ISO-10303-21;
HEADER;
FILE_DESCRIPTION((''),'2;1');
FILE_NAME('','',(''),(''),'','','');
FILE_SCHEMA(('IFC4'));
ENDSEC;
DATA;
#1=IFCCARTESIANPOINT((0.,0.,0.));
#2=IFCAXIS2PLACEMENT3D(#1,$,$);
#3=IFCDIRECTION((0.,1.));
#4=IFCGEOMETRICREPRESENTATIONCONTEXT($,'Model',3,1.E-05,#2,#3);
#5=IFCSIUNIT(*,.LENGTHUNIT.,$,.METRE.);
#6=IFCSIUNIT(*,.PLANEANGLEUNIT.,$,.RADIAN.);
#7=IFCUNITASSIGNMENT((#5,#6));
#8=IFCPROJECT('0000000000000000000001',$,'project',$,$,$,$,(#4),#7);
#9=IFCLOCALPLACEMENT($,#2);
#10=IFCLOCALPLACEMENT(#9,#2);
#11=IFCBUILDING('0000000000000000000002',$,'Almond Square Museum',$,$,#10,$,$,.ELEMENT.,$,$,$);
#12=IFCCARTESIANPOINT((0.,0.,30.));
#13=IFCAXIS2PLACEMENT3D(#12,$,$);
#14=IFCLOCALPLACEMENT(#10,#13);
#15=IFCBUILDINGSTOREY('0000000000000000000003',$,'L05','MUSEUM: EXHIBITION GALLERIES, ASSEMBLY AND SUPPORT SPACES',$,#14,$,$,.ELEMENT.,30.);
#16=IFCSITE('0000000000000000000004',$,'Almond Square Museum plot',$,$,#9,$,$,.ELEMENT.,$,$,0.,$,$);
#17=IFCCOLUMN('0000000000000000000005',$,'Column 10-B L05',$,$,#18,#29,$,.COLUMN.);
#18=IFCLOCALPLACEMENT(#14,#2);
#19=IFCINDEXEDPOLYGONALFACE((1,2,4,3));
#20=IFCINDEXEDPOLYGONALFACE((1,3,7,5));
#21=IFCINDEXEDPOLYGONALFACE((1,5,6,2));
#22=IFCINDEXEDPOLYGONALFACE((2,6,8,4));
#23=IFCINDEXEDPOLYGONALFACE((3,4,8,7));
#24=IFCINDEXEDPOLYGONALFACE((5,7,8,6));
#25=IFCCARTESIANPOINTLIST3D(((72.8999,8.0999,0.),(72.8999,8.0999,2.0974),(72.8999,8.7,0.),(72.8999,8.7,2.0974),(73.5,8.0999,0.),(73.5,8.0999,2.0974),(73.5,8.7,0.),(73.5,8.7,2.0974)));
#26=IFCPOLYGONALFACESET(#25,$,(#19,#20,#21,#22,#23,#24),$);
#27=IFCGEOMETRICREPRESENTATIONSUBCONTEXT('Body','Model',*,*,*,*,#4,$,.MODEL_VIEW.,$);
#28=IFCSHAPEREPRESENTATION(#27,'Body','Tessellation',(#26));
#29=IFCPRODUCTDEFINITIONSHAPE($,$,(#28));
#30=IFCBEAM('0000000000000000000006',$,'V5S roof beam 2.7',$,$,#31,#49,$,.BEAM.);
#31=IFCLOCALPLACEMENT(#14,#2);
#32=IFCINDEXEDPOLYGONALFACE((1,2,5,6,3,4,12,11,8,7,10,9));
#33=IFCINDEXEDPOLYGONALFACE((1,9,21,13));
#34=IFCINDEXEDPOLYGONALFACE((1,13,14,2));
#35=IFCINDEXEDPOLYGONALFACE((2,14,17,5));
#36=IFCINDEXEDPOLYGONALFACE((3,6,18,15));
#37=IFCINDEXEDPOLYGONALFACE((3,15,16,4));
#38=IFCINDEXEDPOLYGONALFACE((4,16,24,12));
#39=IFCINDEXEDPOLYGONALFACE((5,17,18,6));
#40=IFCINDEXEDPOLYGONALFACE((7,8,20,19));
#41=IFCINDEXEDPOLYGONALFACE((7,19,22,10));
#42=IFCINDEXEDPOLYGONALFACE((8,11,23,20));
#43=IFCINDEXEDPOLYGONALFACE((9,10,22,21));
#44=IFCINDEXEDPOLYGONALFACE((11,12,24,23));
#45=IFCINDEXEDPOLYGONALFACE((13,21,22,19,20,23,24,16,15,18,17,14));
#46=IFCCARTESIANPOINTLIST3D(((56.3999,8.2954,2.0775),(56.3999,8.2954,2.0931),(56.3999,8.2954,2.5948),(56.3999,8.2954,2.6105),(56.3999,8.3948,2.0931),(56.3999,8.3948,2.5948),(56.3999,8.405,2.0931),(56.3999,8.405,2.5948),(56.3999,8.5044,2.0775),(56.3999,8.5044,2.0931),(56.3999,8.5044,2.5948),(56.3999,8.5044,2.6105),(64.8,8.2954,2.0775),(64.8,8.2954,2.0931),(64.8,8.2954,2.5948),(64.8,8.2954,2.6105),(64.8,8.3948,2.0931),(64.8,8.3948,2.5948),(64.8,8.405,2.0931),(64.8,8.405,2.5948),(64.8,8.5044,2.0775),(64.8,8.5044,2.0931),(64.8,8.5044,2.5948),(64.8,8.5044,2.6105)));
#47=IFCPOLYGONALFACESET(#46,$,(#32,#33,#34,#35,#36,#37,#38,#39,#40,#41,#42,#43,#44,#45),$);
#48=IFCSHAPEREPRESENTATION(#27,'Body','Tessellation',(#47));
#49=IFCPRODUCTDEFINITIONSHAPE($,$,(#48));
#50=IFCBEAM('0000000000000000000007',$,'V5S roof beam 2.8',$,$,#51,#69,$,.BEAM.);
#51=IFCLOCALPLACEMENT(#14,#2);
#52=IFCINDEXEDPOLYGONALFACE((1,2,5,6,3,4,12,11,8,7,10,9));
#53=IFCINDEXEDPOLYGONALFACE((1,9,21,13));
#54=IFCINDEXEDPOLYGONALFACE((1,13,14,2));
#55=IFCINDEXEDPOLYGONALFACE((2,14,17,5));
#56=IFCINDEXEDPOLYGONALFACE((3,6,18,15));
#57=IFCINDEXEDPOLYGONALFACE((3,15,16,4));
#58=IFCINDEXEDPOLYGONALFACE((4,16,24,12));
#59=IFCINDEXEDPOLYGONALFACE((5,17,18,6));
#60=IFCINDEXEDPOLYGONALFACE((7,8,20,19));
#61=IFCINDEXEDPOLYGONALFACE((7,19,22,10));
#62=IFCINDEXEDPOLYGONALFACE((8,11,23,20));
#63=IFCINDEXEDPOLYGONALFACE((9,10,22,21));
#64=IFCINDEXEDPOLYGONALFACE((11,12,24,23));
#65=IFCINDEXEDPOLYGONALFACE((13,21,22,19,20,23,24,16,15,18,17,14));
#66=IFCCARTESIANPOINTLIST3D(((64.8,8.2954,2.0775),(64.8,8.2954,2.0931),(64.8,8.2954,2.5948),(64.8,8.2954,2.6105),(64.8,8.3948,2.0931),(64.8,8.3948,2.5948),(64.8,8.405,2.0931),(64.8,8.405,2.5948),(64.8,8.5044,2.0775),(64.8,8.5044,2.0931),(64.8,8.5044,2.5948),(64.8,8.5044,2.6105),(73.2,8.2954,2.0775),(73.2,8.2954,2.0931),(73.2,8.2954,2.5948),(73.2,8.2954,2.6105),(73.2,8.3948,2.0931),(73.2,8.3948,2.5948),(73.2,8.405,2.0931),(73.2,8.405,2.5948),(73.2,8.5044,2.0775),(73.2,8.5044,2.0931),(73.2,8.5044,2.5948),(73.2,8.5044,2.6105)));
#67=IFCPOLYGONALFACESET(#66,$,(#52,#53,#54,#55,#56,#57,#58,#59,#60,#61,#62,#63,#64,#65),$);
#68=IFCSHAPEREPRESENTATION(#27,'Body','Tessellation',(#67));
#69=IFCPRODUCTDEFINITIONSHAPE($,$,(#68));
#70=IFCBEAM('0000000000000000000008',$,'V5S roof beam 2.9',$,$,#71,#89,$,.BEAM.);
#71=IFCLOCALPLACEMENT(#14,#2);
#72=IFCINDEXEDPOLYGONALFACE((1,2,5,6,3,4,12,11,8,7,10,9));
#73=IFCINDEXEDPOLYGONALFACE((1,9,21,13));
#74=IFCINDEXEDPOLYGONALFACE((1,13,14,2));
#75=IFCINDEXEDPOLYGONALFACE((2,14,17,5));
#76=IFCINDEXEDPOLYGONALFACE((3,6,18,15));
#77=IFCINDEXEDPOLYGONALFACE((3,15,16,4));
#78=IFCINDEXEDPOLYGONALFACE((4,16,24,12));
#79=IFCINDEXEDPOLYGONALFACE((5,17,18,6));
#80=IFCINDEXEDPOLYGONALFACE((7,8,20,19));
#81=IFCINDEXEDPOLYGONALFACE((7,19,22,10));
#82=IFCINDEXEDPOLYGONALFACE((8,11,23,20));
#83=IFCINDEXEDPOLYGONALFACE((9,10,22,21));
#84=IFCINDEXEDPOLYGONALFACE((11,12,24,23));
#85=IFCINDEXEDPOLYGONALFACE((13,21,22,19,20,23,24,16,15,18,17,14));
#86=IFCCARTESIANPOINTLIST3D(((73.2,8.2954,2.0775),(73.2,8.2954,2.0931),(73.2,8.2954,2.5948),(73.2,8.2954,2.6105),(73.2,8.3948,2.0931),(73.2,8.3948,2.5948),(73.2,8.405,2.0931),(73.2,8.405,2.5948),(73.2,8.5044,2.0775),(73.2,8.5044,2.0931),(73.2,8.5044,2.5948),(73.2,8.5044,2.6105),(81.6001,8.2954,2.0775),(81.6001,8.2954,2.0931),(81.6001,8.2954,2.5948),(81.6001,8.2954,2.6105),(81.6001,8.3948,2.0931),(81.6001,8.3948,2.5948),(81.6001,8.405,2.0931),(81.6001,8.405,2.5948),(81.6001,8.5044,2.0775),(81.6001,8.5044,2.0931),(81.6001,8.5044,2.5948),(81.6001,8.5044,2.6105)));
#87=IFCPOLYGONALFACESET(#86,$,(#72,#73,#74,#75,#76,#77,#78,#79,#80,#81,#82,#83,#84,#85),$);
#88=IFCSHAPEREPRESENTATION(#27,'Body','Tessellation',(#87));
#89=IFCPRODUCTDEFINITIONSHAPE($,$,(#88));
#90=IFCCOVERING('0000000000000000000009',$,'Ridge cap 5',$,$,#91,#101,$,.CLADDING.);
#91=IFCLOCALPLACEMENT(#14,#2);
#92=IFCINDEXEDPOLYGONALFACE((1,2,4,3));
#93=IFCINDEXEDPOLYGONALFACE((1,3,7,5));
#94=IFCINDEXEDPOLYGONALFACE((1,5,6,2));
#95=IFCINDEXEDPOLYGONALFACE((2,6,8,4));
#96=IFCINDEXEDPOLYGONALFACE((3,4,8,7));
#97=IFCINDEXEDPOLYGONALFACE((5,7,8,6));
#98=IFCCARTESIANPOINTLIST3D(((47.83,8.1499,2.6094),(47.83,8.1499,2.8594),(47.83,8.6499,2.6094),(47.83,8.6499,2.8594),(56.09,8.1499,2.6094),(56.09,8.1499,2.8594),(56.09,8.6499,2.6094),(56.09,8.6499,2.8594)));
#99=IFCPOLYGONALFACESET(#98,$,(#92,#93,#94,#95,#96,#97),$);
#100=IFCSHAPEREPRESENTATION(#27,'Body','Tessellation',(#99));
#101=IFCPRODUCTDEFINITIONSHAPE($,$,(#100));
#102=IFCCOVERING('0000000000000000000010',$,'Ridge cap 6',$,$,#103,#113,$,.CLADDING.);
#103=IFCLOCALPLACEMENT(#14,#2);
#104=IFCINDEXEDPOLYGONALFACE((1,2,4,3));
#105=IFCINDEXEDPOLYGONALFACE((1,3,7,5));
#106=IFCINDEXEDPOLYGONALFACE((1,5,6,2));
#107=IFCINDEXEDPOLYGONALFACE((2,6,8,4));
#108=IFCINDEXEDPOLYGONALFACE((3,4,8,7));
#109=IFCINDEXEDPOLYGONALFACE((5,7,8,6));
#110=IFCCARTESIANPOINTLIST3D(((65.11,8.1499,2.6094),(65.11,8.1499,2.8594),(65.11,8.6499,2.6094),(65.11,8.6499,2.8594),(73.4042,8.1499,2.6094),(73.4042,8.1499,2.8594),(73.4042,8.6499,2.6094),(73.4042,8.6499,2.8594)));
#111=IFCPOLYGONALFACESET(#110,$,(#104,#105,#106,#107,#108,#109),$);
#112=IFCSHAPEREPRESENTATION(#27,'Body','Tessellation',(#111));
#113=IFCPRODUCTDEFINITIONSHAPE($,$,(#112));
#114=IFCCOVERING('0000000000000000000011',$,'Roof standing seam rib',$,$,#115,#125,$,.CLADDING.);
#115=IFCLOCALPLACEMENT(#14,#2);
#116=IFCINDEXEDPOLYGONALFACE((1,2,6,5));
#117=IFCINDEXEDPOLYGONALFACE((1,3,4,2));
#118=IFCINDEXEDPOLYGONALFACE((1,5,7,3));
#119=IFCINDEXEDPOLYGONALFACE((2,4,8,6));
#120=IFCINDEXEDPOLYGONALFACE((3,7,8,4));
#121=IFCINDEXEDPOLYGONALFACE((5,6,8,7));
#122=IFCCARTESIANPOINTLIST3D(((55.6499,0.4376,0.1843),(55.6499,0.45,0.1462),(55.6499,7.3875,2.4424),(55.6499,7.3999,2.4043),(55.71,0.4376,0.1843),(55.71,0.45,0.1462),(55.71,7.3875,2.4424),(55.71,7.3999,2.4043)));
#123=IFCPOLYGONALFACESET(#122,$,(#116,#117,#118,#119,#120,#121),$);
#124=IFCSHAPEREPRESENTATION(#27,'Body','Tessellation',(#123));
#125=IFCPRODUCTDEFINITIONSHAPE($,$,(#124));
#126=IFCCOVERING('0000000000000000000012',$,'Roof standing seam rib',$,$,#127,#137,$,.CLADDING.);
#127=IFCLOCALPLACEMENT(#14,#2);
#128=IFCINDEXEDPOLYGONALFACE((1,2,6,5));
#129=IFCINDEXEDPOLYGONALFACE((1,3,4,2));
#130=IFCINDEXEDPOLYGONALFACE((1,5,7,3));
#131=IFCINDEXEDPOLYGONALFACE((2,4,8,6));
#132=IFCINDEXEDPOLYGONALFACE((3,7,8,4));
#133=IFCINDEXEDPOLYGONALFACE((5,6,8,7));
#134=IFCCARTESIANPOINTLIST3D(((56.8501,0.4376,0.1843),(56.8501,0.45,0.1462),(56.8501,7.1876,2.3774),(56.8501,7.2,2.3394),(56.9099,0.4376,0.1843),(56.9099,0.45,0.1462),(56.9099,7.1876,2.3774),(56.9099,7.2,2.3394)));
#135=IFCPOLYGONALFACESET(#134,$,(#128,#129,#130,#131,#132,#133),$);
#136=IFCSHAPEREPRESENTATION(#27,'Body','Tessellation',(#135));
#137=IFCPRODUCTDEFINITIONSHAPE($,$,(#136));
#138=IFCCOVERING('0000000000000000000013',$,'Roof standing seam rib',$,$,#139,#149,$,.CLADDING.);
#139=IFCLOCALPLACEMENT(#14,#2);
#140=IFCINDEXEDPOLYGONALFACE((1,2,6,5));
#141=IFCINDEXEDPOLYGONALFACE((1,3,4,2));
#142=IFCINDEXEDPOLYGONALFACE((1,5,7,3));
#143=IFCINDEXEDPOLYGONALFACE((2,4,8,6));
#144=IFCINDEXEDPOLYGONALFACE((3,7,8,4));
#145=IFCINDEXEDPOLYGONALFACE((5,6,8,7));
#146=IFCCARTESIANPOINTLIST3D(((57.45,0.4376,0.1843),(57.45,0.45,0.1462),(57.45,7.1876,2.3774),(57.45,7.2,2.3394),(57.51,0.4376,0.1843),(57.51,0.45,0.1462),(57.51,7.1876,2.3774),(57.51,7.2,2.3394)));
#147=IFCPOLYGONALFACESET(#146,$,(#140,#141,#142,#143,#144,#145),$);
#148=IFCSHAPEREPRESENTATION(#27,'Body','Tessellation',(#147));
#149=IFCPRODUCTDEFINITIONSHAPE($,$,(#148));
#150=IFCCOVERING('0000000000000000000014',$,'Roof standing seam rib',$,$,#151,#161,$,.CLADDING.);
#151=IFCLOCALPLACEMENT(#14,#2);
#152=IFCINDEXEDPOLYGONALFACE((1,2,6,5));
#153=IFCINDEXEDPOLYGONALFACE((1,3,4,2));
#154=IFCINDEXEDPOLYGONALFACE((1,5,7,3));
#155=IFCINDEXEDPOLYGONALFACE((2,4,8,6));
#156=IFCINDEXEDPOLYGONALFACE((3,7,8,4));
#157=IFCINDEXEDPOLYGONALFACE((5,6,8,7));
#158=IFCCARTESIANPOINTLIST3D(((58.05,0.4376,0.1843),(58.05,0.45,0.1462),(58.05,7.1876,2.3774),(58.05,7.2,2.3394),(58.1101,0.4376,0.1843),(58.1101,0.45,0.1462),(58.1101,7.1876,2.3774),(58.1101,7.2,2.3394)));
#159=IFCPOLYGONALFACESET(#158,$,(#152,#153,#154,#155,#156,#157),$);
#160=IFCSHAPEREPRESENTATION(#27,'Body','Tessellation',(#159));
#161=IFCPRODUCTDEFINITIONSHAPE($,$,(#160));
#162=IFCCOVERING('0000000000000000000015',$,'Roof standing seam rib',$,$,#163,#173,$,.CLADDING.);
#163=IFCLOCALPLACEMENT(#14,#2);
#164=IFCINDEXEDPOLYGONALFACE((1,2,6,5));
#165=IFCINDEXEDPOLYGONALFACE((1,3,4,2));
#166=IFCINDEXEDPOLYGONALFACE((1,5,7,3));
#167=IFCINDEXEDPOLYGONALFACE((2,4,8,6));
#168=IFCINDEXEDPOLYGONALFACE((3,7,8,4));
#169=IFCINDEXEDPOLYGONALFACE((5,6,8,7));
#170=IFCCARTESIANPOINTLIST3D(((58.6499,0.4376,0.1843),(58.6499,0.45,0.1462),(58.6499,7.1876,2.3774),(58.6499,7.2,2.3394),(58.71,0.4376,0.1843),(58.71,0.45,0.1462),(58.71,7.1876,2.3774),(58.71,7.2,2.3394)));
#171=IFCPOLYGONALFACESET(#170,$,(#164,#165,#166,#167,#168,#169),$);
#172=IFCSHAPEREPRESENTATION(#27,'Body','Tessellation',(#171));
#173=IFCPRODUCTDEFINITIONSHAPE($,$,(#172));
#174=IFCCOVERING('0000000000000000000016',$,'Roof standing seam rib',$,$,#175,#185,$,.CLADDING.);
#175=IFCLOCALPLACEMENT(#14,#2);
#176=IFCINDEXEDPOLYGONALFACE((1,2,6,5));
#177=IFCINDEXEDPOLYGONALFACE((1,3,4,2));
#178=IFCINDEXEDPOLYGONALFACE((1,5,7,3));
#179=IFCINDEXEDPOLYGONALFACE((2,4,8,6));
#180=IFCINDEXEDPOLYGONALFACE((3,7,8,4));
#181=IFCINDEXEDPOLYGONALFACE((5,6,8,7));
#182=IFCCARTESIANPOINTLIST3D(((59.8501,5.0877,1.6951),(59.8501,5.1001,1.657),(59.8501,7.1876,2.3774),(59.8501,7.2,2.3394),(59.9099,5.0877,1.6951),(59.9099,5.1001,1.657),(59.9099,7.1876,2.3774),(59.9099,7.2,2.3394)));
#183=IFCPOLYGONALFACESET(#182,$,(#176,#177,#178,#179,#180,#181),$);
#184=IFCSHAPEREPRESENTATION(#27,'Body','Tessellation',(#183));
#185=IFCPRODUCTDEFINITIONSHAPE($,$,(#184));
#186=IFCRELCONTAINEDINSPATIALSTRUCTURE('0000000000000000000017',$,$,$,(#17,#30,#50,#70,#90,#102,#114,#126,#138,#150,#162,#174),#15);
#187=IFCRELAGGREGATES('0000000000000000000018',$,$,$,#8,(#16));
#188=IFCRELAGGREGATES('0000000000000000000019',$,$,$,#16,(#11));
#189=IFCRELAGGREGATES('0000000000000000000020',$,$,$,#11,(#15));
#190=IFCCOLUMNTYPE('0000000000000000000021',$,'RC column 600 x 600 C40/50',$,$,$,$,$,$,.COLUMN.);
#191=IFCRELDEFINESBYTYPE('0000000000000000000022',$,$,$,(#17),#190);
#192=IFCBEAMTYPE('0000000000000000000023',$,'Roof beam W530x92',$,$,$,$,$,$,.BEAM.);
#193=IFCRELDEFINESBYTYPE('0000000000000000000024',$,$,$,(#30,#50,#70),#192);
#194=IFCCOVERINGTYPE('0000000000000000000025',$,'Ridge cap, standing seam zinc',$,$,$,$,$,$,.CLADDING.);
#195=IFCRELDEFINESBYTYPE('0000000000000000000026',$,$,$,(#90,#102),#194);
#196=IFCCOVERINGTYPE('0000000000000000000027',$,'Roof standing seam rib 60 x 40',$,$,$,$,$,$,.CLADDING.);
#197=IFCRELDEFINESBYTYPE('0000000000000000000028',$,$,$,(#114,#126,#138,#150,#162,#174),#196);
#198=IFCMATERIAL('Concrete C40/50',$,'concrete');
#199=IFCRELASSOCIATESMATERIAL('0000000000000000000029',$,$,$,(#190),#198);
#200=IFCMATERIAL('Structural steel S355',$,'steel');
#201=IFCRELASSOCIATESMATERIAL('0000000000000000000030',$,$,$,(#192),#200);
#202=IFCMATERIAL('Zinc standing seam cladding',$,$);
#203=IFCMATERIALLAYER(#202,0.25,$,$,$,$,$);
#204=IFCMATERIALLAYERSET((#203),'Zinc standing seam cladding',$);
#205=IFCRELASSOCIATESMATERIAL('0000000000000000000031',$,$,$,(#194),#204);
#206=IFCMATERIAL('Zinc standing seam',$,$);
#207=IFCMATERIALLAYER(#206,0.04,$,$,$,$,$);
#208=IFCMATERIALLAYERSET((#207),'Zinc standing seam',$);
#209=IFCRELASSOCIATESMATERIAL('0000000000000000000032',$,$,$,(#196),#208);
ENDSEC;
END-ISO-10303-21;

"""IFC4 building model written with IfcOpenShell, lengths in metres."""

from ifc_helpers import new_model, si_unit, direction, frame, origin, origin_2d, place, context, subcontext, project, spatial, polyline, rectangle, i_section, outline, extrude, material, layer, layer_set, material_profile, profile_set, type_object, element, save


model = new_model("IFC4")

# Units and contexts
model_context = context("Model", 3, precision=1e-05, world=origin(), true_north=direction((0.0, 1.0)))
body_context = subcontext(model_context, "Body", "Model", "MODEL_VIEW")
ifc_project = project(units=[si_unit("LENGTHUNIT", "METRE"), si_unit("PLANEANGLEUNIT", "RADIAN")], contexts=[model_context])

# Site, building, storey
site_placement = place(None, origin())
site = spatial("IfcSite", under=ifc_project, at=site_placement, Name="Almond Square Museum plot", CompositionType="ELEMENT", RefElevation=0.0)
building_placement = place(site_placement, origin())
building = spatial("IfcBuilding", under=site, at=building_placement, Name="Almond Square Museum", CompositionType="ELEMENT")
storey_placement = place(building_placement, frame((0.0, 0.0, 30.0)))
storey = spatial("IfcBuildingStorey", under=building, at=storey_placement, Name="L05", Description="MUSEUM: EXHIBITION GALLERIES, ASSEMBLY AND SUPPORT SPACES", CompositionType="ELEMENT", Elevation=30.0)

# Column
ifc_material_1 = material(Name="Concrete C40/50", Category="concrete")
ifc_material_profile_1 = material_profile(ifc_material_1, rectangle(XDim=0.6001, YDim=0.6001, at=origin_2d()))
ifc_profile_set_1 = profile_set([ifc_material_profile_1], Name="Concrete C40/50")
column_type = type_object("IfcColumnType", Name="RC column 600 x 600 C40/50", PredefinedType="COLUMN", material=ifc_profile_set_1)
column_placement = place(storey_placement, frame((73.2, 8.3999, 0.0), z_axis=(0.0, 0.0, 1.0), x_axis=(1.0, 0.0, 0.0)))
element("IfcColumn", 1, at=column_placement, inside=storey, type_object=column_type, Name="Column 10-B L05", PredefinedType="COLUMN", context=body_context, shape_type="SweptSolid", body=[
    extrude(rectangle(XDim=0.6001, YDim=0.6001, at=origin_2d()), origin(), (0.0, 0.0, 1.0), 2.0974),
])

# Beams
ifc_material_2 = material(Name="Structural steel S355", Category="steel")
ifc_material_profile_2 = material_profile(ifc_material_2, i_section(OverallWidth=0.209, OverallDepth=0.533, WebThickness=0.0103, FlangeThickness=0.0156, at=origin_2d()))
ifc_profile_set_2 = profile_set([ifc_material_profile_2], Name="Structural steel S355")
beam_type = type_object("IfcBeamType", Name="Roof beam W530x92", PredefinedType="BEAM", material=ifc_profile_set_2)
beam_1_placement = place(storey_placement, frame((56.3999, 8.3999, 2.344), z_axis=(1.0, 0.0, 0.0), x_axis=(0.0, 1.0, 0.0)))
element("IfcBeam", 2, at=beam_1_placement, inside=storey, type_object=beam_type, Name="V5S roof beam 2.7", PredefinedType="BEAM", context=body_context, shape_type="SweptSolid", body=[
    extrude(i_section(OverallWidth=0.209, OverallDepth=0.533, WebThickness=0.0103, FlangeThickness=0.0156, at=origin_2d()), origin(), (0.0, 0.0, 1.0), 8.4001),
])
beam_2_placement = place(storey_placement, frame((64.8, 8.3999, 2.344), z_axis=(1.0, 0.0, 0.0), x_axis=(0.0, 1.0, 0.0)))
element("IfcBeam", 3, at=beam_2_placement, inside=storey, type_object=beam_type, Name="V5S roof beam 2.8", PredefinedType="BEAM", context=body_context, shape_type="SweptSolid", body=[
    extrude(i_section(OverallWidth=0.209, OverallDepth=0.533, WebThickness=0.0103, FlangeThickness=0.0156, at=origin_2d()), origin(), (0.0, 0.0, 1.0), 8.3999),
])
beam_3_placement = place(storey_placement, frame((73.2, 8.3999, 2.344), z_axis=(1.0, 0.0, 0.0), x_axis=(0.0, 1.0, 0.0)))
element("IfcBeam", 4, at=beam_3_placement, inside=storey, type_object=beam_type, Name="V5S roof beam 2.9", PredefinedType="BEAM", context=body_context, shape_type="SweptSolid", body=[
    extrude(i_section(OverallWidth=0.209, OverallDepth=0.533, WebThickness=0.0103, FlangeThickness=0.0156, at=origin_2d()), origin(), (0.0, 0.0, 1.0), 8.4001),
])

# Coverings
ifc_material_3 = material(Name="Zinc standing seam cladding")
ifc_layer_1 = layer(ifc_material_3, 0.25)
ifc_layer_set_1 = layer_set([ifc_layer_1], Name="Zinc standing seam cladding")
covering_type_1 = type_object("IfcCoveringType", Name="Ridge cap, standing seam zinc", PredefinedType="CLADDING", material=ifc_layer_set_1)
covering_1_placement = place(storey_placement, frame((51.96, 8.3999, 2.6094), z_axis=(0.0, 0.0, 1.0), x_axis=(1.0, 0.0, 0.0)))
element("IfcCovering", 5, at=covering_1_placement, inside=storey, type_object=covering_type_1, Name="Ridge cap 5", PredefinedType="CLADDING", context=body_context, shape_type="SweptSolid", body=[
    extrude(rectangle(XDim=8.26, YDim=0.5, at=origin_2d()), origin(), (0.0, 0.0, 1.0), 0.25),
])
covering_2_placement = place(storey_placement, frame((69.2571, 8.3999, 2.6094), z_axis=(0.0, 0.0, 1.0), x_axis=(1.0, 0.0, 0.0)))
element("IfcCovering", 6, at=covering_2_placement, inside=storey, type_object=covering_type_1, Name="Ridge cap 6", PredefinedType="CLADDING", context=body_context, shape_type="SweptSolid", body=[
    extrude(rectangle(XDim=8.2942, YDim=0.5, at=origin_2d()), origin(), (0.0, 0.0, 1.0), 0.25),
])
ifc_material_4 = material(Name="Zinc standing seam")
ifc_layer_2 = layer(ifc_material_4, 0.04)
ifc_layer_set_2 = layer_set([ifc_layer_2], Name="Zinc standing seam")
covering_type_2 = type_object("IfcCoveringType", Name="Roof standing seam rib 60 x 40", PredefinedType="CLADDING", material=ifc_layer_set_2)
covering_3_placement = place(storey_placement, frame((55.6499, 7.3999, 2.4043), z_axis=(0.0, -0.309002, 0.951061), x_axis=(0.0, -0.951061, -0.309002)))
element("IfcCovering", 7, at=covering_3_placement, inside=storey, type_object=covering_type_2, Name="Roof standing seam rib", PredefinedType="CLADDING", context=body_context, shape_type="SweptSolid", body=[
    extrude(outline(polyline([(0.0, 0.0), (7.3076, 0.0), (7.3076, 0.0601), (0.0, 0.0601), (0.0, 0.0)])), origin(), (0.0, 0.0, 1.0), 0.04),
])
covering_4_placement = place(storey_placement, frame((56.8501, 7.2, 2.3394), z_axis=(0.0, -0.309005, 0.95106), x_axis=(0.0, -0.95106, -0.309005)))
element("IfcCovering", 8, at=covering_4_placement, inside=storey, type_object=covering_type_2, Name="Roof standing seam rib", PredefinedType="CLADDING", context=body_context, shape_type="SweptSolid", body=[
    extrude(outline(polyline([(0.0, 0.0), (7.0973, 0.0), (7.0973, 0.0598), (0.0, 0.0598), (0.0, 0.0)])), origin(), (0.0, 0.0, 1.0), 0.04),
])
for number, where, z_axis, x_axis, name in (
    (9, (57.45, 7.2, 2.3394), (0.0, -0.309005, 0.95106), (0.0, -0.95106, -0.309005), "Roof standing seam rib"),
    (10, (58.05, 7.2, 2.3394), (0.0, -0.309005, 0.95106), (0.0, -0.95106, -0.309005), "Roof standing seam rib"),
    (11, (58.6499, 7.2, 2.3394), (0.0, -0.309005, 0.95106), (0.0, -0.95106, -0.309005), "Roof standing seam rib"),
):
    element("IfcCovering", number, at=place(storey_placement, frame(where, z_axis=z_axis, x_axis=x_axis)), inside=storey, type_object=covering_type_2, Name=name, PredefinedType="CLADDING", context=body_context, shape_type="SweptSolid", body=[
        extrude(outline(polyline([(0.0, 0.0), (7.0973, 0.0), (7.0973, 0.0601), (0.0, 0.0601), (0.0, 0.0)])), origin(), (0.0, 0.0, 1.0), 0.04),
    ])
covering_5_placement = place(storey_placement, frame((59.9099, 7.2, 2.3394), z_axis=(0.0, -0.309054, 0.951045), x_axis=(-1.0, 0.0, 0.0)))
element("IfcCovering", 12, at=covering_5_placement, inside=storey, type_object=covering_type_2, Name="Roof standing seam rib", PredefinedType="CLADDING", context=body_context, shape_type="SweptSolid", body=[
    extrude(outline(polyline([(0.0, 0.0), (0.0598, 0.0), (0.0598, 2.2079), (0.0, 2.2079), (0.0, 0.0)])), origin(), (0.0, 0.0, 1.0), 0.04),
])

save(model, "model.ifc")
